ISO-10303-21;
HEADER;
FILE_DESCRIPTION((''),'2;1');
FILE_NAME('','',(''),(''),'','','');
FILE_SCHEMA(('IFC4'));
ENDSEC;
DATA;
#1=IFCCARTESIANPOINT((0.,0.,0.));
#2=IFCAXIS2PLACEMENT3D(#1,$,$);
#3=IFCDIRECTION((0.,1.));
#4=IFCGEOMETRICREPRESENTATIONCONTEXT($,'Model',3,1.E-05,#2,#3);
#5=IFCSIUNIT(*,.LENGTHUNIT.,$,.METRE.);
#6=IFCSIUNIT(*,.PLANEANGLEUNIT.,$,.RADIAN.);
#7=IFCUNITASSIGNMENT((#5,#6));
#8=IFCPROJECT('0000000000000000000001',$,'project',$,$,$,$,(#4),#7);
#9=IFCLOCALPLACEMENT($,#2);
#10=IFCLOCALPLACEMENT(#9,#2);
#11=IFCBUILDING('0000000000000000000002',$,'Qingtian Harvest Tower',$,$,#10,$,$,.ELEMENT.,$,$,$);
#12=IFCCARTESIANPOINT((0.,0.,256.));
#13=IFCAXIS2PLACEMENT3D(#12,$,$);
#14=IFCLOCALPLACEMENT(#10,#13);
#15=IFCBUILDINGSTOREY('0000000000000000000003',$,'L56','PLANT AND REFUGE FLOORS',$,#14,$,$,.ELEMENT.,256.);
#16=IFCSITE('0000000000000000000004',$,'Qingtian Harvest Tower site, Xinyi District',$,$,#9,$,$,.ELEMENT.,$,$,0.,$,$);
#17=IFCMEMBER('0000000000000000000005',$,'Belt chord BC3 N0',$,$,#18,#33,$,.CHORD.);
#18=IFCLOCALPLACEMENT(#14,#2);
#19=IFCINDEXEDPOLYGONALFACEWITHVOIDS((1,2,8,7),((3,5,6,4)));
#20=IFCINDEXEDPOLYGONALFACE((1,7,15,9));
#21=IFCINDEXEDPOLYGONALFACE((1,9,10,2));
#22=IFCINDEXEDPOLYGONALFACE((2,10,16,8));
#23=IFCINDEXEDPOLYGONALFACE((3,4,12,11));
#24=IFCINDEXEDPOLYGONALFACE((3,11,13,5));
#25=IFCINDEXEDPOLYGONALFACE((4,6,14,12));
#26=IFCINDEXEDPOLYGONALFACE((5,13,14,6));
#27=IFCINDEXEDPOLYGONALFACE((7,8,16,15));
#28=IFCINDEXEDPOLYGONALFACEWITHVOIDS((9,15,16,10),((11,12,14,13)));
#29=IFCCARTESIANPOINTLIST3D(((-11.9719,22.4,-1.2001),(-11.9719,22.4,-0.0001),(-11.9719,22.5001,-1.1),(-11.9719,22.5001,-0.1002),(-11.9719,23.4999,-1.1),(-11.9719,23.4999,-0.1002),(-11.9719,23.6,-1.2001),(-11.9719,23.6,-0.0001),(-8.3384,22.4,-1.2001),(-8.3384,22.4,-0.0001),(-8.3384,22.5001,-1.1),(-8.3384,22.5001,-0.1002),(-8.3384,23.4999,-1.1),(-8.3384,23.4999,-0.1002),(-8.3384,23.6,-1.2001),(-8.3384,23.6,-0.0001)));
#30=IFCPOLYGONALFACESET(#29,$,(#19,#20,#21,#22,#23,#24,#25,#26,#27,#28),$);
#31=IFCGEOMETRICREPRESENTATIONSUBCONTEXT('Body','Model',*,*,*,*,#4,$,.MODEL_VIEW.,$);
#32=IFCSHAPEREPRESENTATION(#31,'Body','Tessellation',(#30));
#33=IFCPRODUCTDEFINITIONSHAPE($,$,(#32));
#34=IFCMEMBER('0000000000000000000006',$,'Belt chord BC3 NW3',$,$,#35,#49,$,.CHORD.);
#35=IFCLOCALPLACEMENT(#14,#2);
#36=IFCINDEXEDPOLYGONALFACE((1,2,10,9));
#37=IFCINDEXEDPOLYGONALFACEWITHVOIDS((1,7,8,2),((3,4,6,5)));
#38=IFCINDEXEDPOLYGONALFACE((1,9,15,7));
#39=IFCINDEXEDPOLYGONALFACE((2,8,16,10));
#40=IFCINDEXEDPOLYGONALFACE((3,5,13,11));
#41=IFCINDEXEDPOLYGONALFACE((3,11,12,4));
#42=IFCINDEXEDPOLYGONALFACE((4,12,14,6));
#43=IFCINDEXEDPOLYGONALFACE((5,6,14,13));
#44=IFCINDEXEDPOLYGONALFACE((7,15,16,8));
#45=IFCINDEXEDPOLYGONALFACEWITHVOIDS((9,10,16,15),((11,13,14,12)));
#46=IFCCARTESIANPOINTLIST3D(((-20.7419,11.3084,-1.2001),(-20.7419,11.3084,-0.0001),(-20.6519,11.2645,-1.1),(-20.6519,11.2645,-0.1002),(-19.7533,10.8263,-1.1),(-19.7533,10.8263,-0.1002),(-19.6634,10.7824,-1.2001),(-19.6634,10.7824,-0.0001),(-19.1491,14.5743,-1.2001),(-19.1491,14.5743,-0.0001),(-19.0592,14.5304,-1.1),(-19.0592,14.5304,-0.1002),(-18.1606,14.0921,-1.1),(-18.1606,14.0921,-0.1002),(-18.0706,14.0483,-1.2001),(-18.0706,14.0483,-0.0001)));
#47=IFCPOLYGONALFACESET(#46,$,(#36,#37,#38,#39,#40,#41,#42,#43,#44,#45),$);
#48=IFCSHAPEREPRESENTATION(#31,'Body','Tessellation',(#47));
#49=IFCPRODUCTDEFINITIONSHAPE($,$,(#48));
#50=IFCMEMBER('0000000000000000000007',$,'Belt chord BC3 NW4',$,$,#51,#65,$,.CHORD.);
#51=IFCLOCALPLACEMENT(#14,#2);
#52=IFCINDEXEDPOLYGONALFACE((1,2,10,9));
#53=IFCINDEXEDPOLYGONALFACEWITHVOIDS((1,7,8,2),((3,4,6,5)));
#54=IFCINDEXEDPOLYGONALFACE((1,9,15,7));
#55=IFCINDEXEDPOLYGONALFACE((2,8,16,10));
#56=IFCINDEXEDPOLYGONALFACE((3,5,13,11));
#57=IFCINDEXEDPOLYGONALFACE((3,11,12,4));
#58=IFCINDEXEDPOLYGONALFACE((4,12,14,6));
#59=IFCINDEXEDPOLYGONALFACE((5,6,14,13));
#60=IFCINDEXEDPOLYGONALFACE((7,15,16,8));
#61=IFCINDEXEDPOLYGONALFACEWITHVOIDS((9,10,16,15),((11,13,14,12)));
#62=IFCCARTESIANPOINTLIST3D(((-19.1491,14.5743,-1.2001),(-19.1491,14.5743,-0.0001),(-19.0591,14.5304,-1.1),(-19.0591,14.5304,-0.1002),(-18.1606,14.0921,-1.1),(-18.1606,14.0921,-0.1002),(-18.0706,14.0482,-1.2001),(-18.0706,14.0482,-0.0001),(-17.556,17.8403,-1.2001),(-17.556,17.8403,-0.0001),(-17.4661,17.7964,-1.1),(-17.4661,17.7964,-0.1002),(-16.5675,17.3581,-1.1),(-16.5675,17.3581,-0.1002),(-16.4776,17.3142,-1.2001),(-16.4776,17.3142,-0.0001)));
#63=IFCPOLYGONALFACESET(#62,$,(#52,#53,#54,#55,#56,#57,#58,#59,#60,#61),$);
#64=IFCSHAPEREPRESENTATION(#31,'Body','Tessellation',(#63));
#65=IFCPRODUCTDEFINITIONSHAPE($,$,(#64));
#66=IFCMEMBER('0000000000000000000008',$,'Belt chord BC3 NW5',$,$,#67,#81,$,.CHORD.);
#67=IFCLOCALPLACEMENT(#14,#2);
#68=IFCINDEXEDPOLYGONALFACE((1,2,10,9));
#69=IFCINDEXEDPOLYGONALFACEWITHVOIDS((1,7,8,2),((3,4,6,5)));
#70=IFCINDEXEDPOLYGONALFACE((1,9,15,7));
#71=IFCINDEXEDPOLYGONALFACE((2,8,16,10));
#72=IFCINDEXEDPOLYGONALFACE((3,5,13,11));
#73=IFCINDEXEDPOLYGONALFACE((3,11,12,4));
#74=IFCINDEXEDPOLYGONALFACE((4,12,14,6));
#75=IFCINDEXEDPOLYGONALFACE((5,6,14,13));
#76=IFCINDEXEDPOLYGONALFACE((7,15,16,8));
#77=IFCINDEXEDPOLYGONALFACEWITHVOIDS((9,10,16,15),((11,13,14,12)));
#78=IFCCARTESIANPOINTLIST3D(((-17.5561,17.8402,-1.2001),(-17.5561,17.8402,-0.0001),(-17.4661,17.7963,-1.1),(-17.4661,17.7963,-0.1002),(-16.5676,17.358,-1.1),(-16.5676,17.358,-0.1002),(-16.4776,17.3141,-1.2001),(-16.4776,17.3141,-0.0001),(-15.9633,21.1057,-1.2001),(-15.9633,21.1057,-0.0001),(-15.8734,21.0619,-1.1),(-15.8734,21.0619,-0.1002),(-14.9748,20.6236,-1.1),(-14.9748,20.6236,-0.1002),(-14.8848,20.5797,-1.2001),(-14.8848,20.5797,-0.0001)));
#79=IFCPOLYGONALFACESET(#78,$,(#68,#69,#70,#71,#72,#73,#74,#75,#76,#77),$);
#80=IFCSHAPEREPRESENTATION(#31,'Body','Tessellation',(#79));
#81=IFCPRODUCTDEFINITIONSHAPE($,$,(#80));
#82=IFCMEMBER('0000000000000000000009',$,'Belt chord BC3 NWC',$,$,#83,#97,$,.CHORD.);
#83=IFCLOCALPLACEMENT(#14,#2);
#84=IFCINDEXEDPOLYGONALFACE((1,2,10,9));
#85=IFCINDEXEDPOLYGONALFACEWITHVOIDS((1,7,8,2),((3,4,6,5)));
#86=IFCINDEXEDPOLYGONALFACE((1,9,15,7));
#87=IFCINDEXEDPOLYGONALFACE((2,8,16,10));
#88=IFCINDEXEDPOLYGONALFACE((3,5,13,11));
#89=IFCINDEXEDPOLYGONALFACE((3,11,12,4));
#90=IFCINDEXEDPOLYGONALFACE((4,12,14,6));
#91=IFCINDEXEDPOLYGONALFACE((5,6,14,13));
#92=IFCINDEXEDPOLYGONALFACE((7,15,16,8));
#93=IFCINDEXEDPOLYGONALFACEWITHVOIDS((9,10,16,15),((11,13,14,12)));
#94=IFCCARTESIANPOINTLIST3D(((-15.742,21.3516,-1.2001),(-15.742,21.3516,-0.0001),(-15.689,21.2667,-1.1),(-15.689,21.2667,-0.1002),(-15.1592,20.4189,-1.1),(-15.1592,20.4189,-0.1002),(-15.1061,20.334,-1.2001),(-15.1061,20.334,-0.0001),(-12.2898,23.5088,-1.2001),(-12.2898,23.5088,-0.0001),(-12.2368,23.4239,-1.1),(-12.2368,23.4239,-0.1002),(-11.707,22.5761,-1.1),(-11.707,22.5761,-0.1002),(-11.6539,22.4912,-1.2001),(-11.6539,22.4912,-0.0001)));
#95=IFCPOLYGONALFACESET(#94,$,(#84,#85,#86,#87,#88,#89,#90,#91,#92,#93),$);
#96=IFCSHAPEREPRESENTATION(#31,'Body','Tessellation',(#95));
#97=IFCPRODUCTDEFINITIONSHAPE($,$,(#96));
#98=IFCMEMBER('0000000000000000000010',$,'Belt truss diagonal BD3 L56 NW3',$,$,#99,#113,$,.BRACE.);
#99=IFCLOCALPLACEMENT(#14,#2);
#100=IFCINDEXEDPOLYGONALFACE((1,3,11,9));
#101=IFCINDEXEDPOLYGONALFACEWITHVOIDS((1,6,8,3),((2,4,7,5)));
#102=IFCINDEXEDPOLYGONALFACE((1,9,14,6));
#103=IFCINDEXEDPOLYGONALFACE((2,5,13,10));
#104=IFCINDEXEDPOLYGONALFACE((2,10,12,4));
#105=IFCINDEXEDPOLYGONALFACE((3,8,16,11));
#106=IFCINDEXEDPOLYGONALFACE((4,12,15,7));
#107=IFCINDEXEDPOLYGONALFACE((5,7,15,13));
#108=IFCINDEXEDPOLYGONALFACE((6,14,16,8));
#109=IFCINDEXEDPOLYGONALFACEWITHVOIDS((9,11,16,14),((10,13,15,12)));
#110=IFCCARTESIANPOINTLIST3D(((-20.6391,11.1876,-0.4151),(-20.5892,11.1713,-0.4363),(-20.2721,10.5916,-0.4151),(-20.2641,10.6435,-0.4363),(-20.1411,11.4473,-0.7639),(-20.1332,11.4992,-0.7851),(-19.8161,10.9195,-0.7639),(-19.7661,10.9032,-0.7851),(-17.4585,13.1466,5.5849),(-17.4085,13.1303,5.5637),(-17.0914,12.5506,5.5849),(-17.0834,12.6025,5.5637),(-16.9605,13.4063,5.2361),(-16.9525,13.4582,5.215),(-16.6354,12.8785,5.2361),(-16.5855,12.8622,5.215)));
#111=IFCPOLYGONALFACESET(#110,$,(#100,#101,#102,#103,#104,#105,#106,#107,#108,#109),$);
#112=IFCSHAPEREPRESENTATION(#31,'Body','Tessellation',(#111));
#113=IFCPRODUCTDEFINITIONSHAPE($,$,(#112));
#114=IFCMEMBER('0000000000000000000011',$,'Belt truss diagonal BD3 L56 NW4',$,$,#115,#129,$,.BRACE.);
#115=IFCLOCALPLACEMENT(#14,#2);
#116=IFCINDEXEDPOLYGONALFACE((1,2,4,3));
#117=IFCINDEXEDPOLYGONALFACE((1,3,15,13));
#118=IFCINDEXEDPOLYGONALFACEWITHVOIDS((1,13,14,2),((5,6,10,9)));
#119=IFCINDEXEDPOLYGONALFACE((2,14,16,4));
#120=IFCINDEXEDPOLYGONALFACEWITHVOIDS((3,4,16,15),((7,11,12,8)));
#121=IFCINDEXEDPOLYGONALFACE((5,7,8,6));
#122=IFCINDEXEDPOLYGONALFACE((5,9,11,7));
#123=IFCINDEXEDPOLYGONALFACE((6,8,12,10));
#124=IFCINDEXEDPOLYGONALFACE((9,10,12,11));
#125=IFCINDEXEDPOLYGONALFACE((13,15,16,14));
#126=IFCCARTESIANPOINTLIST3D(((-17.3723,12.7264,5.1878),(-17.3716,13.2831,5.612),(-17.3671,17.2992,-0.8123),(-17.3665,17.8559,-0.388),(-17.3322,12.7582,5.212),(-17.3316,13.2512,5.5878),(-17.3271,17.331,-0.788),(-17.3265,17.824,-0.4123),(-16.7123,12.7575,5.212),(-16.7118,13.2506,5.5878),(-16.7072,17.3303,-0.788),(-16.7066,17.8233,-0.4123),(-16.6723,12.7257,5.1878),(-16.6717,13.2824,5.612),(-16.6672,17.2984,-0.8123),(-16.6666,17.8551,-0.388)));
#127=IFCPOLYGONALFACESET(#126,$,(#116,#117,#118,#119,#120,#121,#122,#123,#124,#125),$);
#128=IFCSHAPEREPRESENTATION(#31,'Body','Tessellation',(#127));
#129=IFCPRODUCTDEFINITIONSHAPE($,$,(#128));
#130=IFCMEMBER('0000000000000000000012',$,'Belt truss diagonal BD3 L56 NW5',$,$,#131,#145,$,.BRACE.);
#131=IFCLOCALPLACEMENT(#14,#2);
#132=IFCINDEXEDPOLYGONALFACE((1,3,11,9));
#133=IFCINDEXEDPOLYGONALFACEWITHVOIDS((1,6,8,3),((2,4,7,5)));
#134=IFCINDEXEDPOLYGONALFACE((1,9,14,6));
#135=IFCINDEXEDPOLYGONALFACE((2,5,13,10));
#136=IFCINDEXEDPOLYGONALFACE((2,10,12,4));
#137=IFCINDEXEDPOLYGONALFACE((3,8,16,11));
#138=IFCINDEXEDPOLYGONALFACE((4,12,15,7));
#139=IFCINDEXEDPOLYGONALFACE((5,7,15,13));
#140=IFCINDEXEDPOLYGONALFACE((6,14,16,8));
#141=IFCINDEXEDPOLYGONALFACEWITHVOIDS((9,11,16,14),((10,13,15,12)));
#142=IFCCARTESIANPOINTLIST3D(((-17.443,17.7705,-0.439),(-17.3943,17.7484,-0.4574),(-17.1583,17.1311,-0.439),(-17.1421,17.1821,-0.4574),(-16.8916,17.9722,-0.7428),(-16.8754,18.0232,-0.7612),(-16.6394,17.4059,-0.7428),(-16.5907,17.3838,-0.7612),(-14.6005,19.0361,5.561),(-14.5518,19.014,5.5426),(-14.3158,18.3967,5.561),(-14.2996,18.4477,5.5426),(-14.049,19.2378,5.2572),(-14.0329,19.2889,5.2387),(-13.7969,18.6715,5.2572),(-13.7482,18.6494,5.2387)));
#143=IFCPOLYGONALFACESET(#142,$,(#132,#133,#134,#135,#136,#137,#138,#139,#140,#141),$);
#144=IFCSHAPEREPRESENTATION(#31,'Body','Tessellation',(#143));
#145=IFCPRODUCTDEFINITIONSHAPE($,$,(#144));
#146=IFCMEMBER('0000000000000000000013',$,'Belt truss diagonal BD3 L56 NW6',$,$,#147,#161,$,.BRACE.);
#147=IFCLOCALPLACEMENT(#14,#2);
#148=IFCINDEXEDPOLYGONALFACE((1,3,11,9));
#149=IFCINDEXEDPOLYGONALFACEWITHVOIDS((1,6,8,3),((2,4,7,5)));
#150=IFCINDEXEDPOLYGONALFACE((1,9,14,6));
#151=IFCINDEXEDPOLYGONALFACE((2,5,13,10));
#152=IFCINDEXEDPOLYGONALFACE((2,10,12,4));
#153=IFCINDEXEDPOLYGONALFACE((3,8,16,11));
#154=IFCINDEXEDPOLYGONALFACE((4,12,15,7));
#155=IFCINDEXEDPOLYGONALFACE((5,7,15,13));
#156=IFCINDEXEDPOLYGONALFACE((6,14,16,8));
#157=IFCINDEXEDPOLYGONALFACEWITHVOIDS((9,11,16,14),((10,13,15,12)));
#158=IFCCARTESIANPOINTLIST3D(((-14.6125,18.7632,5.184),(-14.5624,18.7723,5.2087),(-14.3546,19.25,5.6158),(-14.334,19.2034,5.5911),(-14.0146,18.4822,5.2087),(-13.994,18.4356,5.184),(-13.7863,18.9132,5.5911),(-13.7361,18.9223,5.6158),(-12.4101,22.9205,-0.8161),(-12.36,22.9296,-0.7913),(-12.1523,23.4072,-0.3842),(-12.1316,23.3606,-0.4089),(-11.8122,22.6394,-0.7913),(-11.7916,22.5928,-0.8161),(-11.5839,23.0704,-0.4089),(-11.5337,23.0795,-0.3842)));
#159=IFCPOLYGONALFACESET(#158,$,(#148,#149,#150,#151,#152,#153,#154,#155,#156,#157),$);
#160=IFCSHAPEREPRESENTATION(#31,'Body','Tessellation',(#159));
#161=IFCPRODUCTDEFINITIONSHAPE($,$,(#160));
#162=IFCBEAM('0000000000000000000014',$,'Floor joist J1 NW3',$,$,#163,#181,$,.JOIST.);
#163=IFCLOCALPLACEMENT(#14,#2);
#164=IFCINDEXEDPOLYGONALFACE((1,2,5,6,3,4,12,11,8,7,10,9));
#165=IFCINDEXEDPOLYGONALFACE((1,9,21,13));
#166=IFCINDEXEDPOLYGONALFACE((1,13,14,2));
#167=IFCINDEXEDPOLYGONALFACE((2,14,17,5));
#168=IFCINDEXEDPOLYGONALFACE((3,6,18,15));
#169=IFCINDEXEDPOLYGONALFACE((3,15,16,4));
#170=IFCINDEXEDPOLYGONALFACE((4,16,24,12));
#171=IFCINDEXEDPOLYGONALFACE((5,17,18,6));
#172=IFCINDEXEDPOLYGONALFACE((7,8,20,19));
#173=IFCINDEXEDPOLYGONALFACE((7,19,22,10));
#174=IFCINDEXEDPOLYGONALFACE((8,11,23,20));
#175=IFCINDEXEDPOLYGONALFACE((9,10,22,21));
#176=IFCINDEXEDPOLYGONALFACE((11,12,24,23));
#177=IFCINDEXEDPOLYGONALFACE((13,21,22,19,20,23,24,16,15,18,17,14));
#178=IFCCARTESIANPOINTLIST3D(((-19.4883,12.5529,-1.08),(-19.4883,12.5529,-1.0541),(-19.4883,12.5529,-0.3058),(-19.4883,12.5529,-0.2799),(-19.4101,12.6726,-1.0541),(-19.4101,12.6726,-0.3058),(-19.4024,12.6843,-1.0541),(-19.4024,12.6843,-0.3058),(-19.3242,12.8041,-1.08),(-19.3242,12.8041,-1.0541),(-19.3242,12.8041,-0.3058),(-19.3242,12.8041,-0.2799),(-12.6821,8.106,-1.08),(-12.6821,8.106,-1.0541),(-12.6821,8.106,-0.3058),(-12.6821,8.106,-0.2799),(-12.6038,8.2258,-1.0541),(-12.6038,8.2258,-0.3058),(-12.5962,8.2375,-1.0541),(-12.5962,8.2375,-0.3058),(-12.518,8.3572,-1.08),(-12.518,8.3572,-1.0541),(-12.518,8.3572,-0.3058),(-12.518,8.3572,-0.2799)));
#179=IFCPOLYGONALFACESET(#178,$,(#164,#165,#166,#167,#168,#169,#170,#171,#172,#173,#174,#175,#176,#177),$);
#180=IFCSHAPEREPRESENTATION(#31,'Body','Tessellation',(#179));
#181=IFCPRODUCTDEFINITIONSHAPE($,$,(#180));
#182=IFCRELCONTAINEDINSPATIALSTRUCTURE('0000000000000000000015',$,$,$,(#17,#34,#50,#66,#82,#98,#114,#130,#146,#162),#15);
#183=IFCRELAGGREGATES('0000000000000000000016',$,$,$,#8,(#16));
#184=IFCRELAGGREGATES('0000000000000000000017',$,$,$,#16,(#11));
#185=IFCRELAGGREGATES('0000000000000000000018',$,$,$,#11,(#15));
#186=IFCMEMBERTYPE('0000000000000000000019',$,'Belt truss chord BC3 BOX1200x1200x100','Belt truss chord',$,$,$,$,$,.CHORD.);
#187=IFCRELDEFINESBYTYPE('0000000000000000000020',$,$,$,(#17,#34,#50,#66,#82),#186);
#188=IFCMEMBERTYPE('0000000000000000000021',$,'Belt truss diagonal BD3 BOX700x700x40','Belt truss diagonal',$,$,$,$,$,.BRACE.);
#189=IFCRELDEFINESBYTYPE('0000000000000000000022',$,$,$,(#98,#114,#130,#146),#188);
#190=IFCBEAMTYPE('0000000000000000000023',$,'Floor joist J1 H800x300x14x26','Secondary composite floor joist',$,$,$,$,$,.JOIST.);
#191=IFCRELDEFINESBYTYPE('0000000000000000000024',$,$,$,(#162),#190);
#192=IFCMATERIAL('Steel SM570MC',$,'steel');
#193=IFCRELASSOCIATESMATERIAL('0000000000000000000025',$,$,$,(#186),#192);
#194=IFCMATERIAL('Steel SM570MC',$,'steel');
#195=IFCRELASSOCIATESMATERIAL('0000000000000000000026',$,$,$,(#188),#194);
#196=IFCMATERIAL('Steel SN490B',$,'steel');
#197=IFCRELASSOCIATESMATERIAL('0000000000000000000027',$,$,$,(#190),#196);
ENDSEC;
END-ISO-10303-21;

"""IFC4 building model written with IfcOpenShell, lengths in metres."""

from ifc_helpers import new_model, si_unit, direction, frame, origin, origin_2d, place, context, subcontext, project, spatial, hollow_rectangle, i_section, extrude, material, material_profile, profile_set, type_object, element, save


model = new_model("IFC4")

# Units and contexts
model_context = context("Model", 3, precision=1e-05, world=origin(), true_north=direction((0.0, 1.0)))
body_context = subcontext(model_context, "Body", "Model", "MODEL_VIEW")
ifc_project = project(units=[si_unit("LENGTHUNIT", "METRE"), si_unit("PLANEANGLEUNIT", "RADIAN")], contexts=[model_context])

# Site, building, storey
site_placement = place(None, origin())
site = spatial("IfcSite", under=ifc_project, at=site_placement, Name="Qingtian Harvest Tower site, Xinyi District", CompositionType="ELEMENT", RefElevation=0.0)
building_placement = place(site_placement, origin())
building = spatial("IfcBuilding", under=site, at=building_placement, Name="Qingtian Harvest Tower", CompositionType="ELEMENT")
storey_placement = place(building_placement, frame((0.0, 0.0, 256.0)))
storey = spatial("IfcBuildingStorey", under=building, at=storey_placement, Name="L56", Description="PLANT AND REFUGE FLOORS", CompositionType="ELEMENT", Elevation=256.0)

# Members
ifc_material_1 = material(Name="Steel SM570MC", Category="steel")
ifc_material_profile_1 = material_profile(ifc_material_1, hollow_rectangle(XDim=1.2, YDim=1.2, WallThickness=0.1001, at=origin_2d()), Name="BOX1200x1200x100")
ifc_profile_set_1 = profile_set([ifc_material_profile_1], Name="Steel SM570MC")
member_type_1 = type_object("IfcMemberType", Name="Belt truss chord BC3 BOX1200x1200x100", Description="Belt truss chord", PredefinedType="CHORD", material=ifc_profile_set_1)
for number, where, z_axis, x_axis, name in (
    (1, (-11.9719, 23.0, -0.6001), (1.0, 0.0, 0.0), (0.0, 1.0, 0.0), "Belt chord BC3 N0"),
    (2, (-20.2026, 11.0454, -0.6001), (0.438349, 0.898805, 0.0), (-0.898805, 0.438349, 0.0), "Belt chord BC3 NW3"),
):
    element("IfcMember", number, at=place(storey_placement, frame(where, z_axis=z_axis, x_axis=x_axis)), inside=storey, type_object=member_type_1, Name=name, PredefinedType="CHORD", context=body_context, shape_type="SweptSolid", body=[
        extrude(hollow_rectangle(XDim=1.2, YDim=1.2, WallThickness=0.1001, at=origin_2d()), origin(), (0.0, 0.0, 1.0), 3.6335),
    ])
member_1_placement = place(storey_placement, frame((-18.6099, 14.3113, -0.6001), z_axis=(0.438404, 0.898778, 0.0), x_axis=(-0.898778, 0.438404, 0.0)))
element("IfcMember", 3, at=member_1_placement, inside=storey, type_object=member_type_1, Name="Belt chord BC3 NW4", PredefinedType="CHORD", context=body_context, shape_type="SweptSolid", body=[
    extrude(hollow_rectangle(XDim=1.2, YDim=1.2, WallThickness=0.1001, at=origin_2d()), origin(), (0.0, 0.0, 1.0), 3.6338),
])
member_2_placement = place(storey_placement, frame((-17.0168, 17.5771, -0.6001), z_axis=(0.438376, 0.898792, 0.0), x_axis=(-0.898792, 0.438376, 0.0)))
element("IfcMember", 4, at=member_2_placement, inside=storey, type_object=member_type_1, Name="Belt chord BC3 NW5", PredefinedType="CHORD", context=body_context, shape_type="SweptSolid", body=[
    extrude(hollow_rectangle(XDim=1.2, YDim=1.2, WallThickness=0.1001, at=origin_2d()), origin(), (0.0, 0.0, 1.0), 3.6333),
])
member_3_placement = place(storey_placement, frame((-15.4241, 20.8428, -0.6001), z_axis=(0.848039, 0.529934, 0.0), x_axis=(-0.529934, 0.848039, 0.0)))
element("IfcMember", 5, at=member_3_placement, inside=storey, type_object=member_type_1, Name="Belt chord BC3 NWC", PredefinedType="CHORD", context=body_context, shape_type="SweptSolid", body=[
    extrude(hollow_rectangle(XDim=1.2, YDim=1.2, WallThickness=0.1001, at=origin_2d()), origin(), (0.0, 0.0, 1.0), 4.0708),
])
ifc_material_2 = material(Name="Steel SM570MC", Category="steel")
ifc_material_profile_2 = material_profile(ifc_material_2, hollow_rectangle(XDim=0.7, YDim=0.7, WallThickness=0.04, at=origin_2d()), Name="BOX700x700x40")
ifc_profile_set_2 = profile_set([ifc_material_profile_2], Name="Steel SM570MC")
member_type_2 = type_object("IfcMemberType", Name="Belt truss diagonal BD3 BOX700x700x40", Description="Belt truss diagonal", PredefinedType="BRACE", material=ifc_profile_set_2)
member_4_placement = place(storey_placement, frame((-20.2026, 11.0454, -0.6001), z_axis=(0.45002, 0.277169, 0.848917), x_axis=(-0.524418, 0.851461, 0.0)))
element("IfcMember", 6, at=member_4_placement, inside=storey, type_object=member_type_2, Name="Belt truss diagonal BD3 L56 NW3", PredefinedType="BRACE", context=body_context, shape_type="SweptSolid", body=[
    extrude(hollow_rectangle(XDim=0.7, YDim=0.7, WallThickness=0.04, at=origin_2d()), origin(), (0.0, 0.0, 1.0), 7.0679),
])
member_5_placement = place(storey_placement, frame((-17.022, 13.0044, 5.3999), z_axis=(0.00068, 0.606154, -0.795347), x_axis=(-0.999999, 0.001121, 0.0)))
element("IfcMember", 7, at=member_5_placement, inside=storey, type_object=member_type_2, Name="Belt truss diagonal BD3 L56 NW4", PredefinedType="BRACE", context=body_context, shape_type="SweptSolid", body=[
    extrude(hollow_rectangle(XDim=0.7, YDim=0.7, WallThickness=0.04, at=origin_2d()), origin(), (0.0, 0.0, 1.0), 7.5439),
])
member_6_placement = place(storey_placement, frame((-17.0168, 17.5771, -0.6001), z_axis=(0.420565, 0.187255, 0.887728), x_axis=(-0.40675, 0.91354, 0.0)))
element("IfcMember", 8, at=member_6_placement, inside=storey, type_object=member_type_2, Name="Belt truss diagonal BD3 L56 NW5", PredefinedType="BRACE", context=body_context, shape_type="SweptSolid", body=[
    extrude(hollow_rectangle(XDim=0.7, YDim=0.7, WallThickness=0.04, at=origin_2d()), origin(), (0.0, 0.0, 1.0), 6.7588),
])
member_7_placement = place(storey_placement, frame((-14.1743, 18.8428, 5.3999), z_axis=(0.288857, 0.545245, -0.786936), x_axis=(-0.883655, 0.468138, 0.0)))
element("IfcMember", 9, at=member_7_placement, inside=storey, type_object=member_type_2, Name="Belt truss diagonal BD3 L56 NW6", PredefinedType="BRACE", context=body_context, shape_type="SweptSolid", body=[
    extrude(hollow_rectangle(XDim=0.7, YDim=0.7, WallThickness=0.04, at=origin_2d()), origin(), (0.0, 0.0, 1.0), 7.6245),
])

# Beam
ifc_material_3 = material(Name="Steel SN490B", Category="steel")
ifc_material_profile_3 = material_profile(ifc_material_3, i_section(OverallWidth=0.3, OverallDepth=0.8, WebThickness=0.0139, FlangeThickness=0.0259, at=origin_2d()), Name="H800x300x14x26")
ifc_profile_set_3 = profile_set([ifc_material_profile_3], Name="Steel SN490B")
beam_type_1 = type_object("IfcBeamType", Name="Floor joist J1 H800x300x14x26", Description="Secondary composite floor joist", PredefinedType="JOIST", material=ifc_profile_set_3)
beam_1_placement = place(storey_placement, frame((-19.4062, 12.6785, -0.6799), z_axis=(0.837161, -0.546956, 0.0), x_axis=(0.546956, 0.837161, 0.0)))
element("IfcBeam", 10, at=beam_1_placement, inside=storey, type_object=beam_type_1, Name="Floor joist J1 NW3", PredefinedType="JOIST", context=body_context, shape_type="SweptSolid", body=[
    extrude(i_section(OverallWidth=0.3, OverallDepth=0.8, WebThickness=0.0139, FlangeThickness=0.0259, at=origin_2d()), origin(), (0.0, 0.0, 1.0), 8.1301),
])

save(model, "model.ifc")
